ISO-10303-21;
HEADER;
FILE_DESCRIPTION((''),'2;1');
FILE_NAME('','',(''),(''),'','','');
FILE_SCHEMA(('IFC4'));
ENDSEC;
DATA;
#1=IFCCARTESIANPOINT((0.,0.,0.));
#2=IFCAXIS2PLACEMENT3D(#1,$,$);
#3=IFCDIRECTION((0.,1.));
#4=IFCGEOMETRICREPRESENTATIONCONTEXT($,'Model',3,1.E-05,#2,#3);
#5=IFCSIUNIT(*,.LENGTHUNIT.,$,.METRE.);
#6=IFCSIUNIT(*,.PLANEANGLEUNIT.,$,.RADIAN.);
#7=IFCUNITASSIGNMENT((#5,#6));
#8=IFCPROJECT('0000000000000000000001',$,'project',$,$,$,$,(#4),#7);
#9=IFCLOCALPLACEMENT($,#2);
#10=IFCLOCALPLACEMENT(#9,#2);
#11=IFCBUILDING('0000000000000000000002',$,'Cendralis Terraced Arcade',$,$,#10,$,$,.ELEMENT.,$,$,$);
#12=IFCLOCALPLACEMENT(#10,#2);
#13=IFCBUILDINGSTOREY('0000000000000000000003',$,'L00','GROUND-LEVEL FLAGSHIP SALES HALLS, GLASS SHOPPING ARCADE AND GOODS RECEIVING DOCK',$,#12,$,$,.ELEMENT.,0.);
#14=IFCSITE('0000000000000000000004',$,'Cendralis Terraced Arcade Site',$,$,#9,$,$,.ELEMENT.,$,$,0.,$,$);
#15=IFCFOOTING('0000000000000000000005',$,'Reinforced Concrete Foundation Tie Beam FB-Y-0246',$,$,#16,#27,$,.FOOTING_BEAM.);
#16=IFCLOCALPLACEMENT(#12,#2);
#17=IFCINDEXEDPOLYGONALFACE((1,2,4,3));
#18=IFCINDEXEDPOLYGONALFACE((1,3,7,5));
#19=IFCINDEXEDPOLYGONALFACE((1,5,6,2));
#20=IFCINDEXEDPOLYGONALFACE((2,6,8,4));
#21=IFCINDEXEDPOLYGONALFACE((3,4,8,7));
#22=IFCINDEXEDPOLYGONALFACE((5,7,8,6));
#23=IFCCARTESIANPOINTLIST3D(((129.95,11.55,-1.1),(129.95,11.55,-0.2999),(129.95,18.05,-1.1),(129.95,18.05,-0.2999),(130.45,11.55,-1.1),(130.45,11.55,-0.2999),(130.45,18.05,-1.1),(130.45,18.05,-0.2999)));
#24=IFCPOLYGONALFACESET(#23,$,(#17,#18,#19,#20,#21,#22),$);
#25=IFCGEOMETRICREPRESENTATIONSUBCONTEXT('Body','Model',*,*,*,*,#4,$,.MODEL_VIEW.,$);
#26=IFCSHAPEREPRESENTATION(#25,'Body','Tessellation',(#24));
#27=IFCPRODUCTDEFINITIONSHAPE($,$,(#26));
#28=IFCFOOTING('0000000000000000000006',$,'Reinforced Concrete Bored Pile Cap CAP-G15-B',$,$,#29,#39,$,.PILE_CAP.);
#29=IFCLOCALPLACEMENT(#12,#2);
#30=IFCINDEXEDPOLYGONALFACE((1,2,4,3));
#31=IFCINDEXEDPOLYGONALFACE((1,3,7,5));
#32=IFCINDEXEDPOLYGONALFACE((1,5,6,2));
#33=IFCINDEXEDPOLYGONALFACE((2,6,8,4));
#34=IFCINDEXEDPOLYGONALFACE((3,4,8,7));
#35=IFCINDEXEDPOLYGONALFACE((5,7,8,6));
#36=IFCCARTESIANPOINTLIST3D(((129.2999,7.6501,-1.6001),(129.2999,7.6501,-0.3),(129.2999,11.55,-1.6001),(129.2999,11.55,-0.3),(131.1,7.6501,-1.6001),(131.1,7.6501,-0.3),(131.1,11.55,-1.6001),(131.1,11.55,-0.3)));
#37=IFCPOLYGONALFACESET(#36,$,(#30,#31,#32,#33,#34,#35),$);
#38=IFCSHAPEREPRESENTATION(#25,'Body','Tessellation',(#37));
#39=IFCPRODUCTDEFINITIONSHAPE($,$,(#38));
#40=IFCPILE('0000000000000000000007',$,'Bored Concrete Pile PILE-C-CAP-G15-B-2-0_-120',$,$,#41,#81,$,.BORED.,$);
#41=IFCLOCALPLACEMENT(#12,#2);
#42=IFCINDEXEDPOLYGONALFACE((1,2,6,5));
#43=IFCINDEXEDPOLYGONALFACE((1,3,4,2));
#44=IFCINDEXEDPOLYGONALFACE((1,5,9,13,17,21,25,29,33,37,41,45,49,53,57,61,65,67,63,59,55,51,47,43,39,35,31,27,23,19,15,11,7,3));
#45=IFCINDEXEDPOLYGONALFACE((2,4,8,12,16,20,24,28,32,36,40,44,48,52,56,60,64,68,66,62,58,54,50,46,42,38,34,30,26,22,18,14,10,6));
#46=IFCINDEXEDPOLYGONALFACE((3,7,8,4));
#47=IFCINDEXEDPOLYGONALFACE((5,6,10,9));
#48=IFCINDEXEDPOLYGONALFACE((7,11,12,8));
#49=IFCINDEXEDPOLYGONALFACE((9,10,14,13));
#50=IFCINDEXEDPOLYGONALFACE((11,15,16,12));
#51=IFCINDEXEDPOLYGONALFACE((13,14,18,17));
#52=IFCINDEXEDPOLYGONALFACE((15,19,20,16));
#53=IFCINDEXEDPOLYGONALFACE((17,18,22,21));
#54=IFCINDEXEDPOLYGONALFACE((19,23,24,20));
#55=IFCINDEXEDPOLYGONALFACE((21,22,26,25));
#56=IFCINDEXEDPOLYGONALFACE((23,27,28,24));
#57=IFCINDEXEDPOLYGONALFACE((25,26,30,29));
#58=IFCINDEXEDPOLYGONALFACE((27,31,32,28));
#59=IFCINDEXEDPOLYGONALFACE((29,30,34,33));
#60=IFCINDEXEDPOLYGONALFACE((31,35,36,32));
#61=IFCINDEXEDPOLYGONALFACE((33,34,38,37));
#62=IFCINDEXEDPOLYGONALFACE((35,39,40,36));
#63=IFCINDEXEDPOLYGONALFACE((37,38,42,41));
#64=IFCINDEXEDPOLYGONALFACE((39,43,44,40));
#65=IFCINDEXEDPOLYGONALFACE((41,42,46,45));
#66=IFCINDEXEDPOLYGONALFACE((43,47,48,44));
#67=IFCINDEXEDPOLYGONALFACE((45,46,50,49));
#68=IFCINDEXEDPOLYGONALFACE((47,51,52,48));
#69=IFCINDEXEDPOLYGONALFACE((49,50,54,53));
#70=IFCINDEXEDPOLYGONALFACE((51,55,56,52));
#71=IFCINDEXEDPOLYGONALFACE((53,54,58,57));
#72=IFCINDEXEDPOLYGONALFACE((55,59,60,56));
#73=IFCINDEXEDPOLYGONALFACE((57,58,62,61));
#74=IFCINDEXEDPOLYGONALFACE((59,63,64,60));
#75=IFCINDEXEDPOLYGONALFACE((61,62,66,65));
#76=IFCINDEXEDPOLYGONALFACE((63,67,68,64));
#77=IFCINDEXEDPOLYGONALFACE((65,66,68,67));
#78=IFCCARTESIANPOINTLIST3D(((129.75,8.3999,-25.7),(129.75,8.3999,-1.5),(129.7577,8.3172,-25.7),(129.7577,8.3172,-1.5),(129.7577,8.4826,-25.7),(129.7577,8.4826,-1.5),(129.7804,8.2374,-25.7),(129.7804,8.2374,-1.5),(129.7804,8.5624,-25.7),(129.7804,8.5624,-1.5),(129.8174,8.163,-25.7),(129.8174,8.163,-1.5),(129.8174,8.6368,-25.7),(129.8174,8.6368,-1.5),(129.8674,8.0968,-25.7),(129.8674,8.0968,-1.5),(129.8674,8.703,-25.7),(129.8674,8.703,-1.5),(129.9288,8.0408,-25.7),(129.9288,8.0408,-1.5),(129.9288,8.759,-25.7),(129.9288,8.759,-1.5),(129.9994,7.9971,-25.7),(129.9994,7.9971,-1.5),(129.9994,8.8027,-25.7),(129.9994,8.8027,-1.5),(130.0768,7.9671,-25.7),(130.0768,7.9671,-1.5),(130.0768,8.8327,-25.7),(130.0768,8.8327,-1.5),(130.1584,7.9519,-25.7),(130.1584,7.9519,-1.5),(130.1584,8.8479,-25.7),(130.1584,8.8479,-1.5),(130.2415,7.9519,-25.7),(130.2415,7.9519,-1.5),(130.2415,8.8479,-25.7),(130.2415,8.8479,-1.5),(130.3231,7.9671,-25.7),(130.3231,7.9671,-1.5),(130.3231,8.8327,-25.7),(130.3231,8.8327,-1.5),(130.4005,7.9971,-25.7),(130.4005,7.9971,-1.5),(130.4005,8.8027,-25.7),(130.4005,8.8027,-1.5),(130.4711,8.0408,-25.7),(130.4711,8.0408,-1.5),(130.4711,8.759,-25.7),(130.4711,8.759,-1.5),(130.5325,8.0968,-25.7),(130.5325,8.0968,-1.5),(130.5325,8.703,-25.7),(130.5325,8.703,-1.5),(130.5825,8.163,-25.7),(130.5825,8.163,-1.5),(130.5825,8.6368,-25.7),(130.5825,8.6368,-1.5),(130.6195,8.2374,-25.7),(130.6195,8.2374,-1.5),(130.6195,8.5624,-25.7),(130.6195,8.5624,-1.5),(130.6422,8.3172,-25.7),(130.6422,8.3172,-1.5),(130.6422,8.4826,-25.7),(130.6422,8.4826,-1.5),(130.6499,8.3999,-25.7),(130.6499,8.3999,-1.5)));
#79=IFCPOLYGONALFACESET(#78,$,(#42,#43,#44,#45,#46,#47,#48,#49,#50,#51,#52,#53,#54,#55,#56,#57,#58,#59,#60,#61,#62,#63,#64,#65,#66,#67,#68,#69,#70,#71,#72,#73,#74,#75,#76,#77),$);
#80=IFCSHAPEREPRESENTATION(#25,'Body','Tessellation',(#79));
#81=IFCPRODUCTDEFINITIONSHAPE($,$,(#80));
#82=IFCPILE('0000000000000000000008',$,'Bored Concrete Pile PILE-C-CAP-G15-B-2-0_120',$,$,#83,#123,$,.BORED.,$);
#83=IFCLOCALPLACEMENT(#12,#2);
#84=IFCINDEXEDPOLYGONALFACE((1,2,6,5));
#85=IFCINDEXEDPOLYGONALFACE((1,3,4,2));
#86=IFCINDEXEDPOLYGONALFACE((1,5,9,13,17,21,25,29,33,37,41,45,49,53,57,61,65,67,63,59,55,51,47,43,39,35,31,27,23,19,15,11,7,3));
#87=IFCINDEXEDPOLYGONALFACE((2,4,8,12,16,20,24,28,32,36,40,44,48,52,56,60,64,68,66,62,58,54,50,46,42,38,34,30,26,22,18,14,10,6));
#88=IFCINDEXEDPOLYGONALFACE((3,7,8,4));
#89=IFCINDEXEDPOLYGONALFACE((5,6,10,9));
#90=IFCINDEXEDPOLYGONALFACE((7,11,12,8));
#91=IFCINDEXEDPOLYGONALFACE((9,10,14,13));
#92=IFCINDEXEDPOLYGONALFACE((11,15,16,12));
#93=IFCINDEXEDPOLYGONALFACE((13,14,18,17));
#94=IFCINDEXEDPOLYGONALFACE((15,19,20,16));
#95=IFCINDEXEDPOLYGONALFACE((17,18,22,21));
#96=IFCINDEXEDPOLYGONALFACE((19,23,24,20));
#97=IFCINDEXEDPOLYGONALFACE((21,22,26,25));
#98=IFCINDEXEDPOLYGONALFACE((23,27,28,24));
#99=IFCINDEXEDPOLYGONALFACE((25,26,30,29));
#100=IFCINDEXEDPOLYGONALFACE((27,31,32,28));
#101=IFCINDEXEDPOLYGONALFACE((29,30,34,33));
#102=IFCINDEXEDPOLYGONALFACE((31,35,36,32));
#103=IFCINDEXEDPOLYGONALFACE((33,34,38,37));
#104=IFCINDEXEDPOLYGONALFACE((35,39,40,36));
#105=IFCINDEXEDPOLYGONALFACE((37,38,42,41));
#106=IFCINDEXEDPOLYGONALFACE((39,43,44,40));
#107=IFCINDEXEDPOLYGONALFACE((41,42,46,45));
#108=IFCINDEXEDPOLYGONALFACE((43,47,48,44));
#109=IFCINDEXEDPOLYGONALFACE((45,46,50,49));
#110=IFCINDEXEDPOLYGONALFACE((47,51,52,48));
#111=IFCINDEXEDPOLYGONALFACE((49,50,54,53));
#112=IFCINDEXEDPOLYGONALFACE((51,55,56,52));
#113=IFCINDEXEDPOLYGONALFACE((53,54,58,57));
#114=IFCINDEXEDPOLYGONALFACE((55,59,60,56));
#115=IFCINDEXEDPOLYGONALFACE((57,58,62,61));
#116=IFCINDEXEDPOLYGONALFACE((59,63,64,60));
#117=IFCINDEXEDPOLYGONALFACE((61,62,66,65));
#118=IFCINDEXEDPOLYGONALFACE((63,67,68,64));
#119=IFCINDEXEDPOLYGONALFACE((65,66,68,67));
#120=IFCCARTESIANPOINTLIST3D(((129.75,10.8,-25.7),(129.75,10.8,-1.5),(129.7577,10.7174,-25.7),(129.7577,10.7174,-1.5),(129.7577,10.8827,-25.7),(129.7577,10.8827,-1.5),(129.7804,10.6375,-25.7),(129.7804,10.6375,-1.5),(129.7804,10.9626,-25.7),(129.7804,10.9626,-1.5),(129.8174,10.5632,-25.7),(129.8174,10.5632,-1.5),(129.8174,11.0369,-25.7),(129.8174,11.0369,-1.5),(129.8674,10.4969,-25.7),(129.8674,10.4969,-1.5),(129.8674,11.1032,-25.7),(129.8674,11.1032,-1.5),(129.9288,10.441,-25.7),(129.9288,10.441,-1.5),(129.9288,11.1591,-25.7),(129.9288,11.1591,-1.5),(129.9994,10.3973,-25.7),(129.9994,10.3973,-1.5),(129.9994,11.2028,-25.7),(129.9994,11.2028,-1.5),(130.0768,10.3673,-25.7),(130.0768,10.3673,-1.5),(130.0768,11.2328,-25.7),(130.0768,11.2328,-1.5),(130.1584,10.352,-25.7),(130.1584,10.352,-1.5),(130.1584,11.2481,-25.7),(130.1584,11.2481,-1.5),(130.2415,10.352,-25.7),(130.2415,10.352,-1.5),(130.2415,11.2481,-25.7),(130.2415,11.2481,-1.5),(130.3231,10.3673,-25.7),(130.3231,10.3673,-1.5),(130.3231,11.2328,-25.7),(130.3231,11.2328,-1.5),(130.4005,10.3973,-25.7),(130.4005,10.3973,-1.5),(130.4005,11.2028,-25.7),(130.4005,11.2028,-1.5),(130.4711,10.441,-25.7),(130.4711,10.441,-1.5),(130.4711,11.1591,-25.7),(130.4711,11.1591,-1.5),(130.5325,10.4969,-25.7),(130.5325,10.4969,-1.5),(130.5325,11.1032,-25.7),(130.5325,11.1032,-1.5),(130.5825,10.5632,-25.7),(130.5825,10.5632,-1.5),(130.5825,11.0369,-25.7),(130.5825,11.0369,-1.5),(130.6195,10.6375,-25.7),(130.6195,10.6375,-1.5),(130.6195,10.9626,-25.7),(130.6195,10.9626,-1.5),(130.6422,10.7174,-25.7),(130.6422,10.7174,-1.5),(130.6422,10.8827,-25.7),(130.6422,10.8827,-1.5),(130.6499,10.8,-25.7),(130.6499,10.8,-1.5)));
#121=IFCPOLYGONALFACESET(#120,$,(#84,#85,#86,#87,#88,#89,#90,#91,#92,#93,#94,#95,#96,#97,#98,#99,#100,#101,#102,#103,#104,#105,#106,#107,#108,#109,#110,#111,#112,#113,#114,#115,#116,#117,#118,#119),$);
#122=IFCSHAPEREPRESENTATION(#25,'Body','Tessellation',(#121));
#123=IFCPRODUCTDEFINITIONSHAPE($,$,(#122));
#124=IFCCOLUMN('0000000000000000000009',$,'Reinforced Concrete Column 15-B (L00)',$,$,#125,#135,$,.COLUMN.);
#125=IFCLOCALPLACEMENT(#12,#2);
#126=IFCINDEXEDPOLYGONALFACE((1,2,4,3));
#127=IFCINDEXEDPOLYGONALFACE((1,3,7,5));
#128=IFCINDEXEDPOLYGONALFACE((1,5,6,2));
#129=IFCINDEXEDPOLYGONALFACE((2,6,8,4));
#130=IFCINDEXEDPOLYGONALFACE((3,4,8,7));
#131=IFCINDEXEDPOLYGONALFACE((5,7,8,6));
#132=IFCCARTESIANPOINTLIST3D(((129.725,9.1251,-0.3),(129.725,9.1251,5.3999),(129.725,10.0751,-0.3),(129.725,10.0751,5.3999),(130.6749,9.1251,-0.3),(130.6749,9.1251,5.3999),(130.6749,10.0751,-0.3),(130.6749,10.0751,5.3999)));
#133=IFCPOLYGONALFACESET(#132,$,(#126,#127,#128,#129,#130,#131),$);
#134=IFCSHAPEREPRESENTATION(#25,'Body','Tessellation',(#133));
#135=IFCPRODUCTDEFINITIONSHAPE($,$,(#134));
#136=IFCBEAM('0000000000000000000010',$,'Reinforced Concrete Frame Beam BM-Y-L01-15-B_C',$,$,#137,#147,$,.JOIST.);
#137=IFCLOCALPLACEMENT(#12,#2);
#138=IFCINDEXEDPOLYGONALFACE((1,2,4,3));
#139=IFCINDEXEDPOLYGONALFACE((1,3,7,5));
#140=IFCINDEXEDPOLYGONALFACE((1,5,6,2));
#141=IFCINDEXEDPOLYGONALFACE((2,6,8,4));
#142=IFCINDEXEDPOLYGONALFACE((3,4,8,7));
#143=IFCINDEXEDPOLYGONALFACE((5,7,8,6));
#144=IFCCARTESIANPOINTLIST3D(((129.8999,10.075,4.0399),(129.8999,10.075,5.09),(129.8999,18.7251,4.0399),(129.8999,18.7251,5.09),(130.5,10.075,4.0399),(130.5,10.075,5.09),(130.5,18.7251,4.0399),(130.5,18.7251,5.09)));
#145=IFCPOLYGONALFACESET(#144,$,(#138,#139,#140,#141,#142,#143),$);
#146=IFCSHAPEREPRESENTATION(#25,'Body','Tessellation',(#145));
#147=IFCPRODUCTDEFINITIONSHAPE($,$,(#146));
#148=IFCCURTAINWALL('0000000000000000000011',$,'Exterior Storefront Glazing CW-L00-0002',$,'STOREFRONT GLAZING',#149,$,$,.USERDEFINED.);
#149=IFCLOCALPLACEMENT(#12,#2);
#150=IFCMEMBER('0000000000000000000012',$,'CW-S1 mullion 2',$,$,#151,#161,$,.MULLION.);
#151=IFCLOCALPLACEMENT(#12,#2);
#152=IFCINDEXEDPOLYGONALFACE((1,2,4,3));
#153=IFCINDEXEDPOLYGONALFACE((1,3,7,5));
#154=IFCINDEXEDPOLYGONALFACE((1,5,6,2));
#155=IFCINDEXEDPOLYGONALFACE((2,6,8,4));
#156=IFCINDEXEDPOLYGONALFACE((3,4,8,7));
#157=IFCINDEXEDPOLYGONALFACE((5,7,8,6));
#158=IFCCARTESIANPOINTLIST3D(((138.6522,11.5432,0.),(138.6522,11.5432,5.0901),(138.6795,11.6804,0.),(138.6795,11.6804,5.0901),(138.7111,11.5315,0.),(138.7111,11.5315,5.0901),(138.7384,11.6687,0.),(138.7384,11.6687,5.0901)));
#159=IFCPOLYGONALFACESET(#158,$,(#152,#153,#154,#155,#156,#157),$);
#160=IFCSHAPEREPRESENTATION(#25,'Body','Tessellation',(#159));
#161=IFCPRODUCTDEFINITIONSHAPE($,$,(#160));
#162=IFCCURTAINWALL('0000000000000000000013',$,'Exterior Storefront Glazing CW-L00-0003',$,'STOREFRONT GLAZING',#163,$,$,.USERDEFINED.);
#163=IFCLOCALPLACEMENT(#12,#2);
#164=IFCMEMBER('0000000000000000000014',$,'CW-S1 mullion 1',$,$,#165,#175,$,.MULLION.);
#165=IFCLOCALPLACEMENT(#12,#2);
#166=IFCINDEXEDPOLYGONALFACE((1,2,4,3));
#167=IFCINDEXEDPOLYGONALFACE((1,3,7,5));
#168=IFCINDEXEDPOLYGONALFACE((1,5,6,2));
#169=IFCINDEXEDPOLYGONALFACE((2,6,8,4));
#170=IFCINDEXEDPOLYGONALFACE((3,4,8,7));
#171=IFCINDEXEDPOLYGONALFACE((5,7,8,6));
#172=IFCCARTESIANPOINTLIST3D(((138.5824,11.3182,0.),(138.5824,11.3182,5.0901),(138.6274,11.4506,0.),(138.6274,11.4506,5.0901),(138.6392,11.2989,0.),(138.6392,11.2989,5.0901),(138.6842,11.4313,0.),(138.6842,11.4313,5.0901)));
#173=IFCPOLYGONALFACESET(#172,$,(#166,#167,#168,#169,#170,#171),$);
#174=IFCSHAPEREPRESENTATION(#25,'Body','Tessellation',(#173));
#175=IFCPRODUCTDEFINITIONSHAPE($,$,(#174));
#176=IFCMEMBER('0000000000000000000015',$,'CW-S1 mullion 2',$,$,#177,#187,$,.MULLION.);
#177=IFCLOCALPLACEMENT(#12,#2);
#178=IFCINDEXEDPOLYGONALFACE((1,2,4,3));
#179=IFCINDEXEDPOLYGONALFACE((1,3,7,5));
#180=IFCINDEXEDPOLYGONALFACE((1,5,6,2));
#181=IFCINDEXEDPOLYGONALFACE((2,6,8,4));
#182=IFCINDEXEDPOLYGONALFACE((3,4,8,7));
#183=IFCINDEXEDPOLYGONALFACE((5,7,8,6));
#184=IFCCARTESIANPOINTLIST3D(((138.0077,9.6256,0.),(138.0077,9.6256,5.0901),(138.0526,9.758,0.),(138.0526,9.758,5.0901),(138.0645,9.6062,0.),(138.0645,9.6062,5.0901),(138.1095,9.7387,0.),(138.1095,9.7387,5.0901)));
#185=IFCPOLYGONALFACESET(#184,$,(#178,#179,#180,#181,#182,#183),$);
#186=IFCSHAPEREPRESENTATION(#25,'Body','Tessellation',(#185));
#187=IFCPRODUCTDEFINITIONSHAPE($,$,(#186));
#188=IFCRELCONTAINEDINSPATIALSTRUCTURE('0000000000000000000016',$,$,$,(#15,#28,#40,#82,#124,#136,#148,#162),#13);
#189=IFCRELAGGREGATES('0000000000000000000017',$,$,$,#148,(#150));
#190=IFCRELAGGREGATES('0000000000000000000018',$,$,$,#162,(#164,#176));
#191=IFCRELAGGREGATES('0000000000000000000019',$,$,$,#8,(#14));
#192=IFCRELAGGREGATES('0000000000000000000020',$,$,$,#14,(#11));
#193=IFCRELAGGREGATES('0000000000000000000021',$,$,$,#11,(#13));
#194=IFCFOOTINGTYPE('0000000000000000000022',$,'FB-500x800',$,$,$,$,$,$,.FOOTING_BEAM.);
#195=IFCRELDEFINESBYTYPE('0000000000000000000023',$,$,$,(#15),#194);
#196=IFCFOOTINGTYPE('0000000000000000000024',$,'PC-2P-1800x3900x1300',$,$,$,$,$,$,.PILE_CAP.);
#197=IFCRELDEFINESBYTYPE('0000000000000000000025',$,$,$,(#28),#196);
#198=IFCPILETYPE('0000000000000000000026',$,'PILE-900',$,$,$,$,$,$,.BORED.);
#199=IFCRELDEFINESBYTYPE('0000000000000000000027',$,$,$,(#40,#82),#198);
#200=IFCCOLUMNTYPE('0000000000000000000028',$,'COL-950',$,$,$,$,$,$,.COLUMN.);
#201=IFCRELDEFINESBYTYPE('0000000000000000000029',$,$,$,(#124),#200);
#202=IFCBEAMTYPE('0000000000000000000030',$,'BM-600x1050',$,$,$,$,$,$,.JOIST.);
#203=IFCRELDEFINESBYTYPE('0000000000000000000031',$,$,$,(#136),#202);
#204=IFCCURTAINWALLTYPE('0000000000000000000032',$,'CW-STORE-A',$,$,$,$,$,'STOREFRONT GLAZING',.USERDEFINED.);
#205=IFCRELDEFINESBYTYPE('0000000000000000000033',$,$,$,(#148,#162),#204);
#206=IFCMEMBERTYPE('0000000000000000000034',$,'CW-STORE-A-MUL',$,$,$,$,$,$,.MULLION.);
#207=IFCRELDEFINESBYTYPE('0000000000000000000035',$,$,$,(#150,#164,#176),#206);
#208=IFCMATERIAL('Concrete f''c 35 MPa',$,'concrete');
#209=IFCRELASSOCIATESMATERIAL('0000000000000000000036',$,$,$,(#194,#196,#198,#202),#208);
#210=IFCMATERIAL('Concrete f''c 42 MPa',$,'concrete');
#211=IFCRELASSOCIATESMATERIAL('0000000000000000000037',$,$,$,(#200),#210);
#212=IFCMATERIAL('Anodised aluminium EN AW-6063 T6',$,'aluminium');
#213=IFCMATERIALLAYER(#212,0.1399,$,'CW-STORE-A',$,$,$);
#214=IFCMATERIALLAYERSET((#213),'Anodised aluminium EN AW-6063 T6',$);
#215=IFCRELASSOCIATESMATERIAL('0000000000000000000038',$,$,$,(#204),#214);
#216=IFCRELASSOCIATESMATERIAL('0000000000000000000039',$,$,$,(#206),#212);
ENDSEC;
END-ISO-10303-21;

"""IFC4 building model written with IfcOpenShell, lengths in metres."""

from ifc_helpers import new_model, si_unit, direction, frame, origin, origin_2d, place, context, subcontext, project, spatial, rectangle, circle, extrude, material, layer, layer_set, material_profile, profile_set, type_object, element, aggregate, save


model = new_model("IFC4")

# Units and contexts
model_context = context("Model", 3, precision=1e-05, world=origin(), true_north=direction((0.0, 1.0)))
body_context = subcontext(model_context, "Body", "Model", "MODEL_VIEW")
ifc_project = project(units=[si_unit("LENGTHUNIT", "METRE"), si_unit("PLANEANGLEUNIT", "RADIAN")], contexts=[model_context])

# Site, building, storey
site_placement = place(None, origin())
site = spatial("IfcSite", under=ifc_project, at=site_placement, Name="Cendralis Terraced Arcade Site", CompositionType="ELEMENT", RefElevation=0.0)
building_placement = place(site_placement, origin())
building = spatial("IfcBuilding", under=site, at=building_placement, Name="Cendralis Terraced Arcade", CompositionType="ELEMENT")
storey_placement = place(building_placement, origin())
storey = spatial("IfcBuildingStorey", under=building, at=storey_placement, Name="L00", Description="GROUND-LEVEL FLAGSHIP SALES HALLS, GLASS SHOPPING ARCADE AND GOODS RECEIVING DOCK", CompositionType="ELEMENT", Elevation=0.0)

# Footings
ifc_material_1 = material(Name="Concrete f'c 35 MPa", Category="concrete")
ifc_material_profile_1 = material_profile(ifc_material_1, rectangle(XDim=0.5, YDim=0.8, at=origin_2d()), Name="FB-500x800", Category="LoadBearing")
ifc_profile_set_1 = profile_set([ifc_material_profile_1], Name="Concrete f'c 35 MPa")
footing_type_1 = type_object("IfcFootingType", Name="FB-500x800", PredefinedType="FOOTING_BEAM", material=ifc_profile_set_1)
footing_1_placement = place(storey_placement, frame((130.2, 11.55, -0.7), z_axis=(0.0, 1.0, 0.0), x_axis=(-1.0, 0.0, 0.0)))
element("IfcFooting", 1, at=footing_1_placement, inside=storey, type_object=footing_type_1, Name="Reinforced Concrete Foundation Tie Beam FB-Y-0246", PredefinedType="FOOTING_BEAM", context=body_context, shape_type="SweptSolid", body=[
    extrude(rectangle(XDim=0.5, YDim=0.8, at=origin_2d()), origin(), (0.0, 0.0, 1.0), 6.5),
])
footing_type_2 = type_object("IfcFootingType", Name="PC-2P-1800x3900x1300", PredefinedType="PILE_CAP", material=ifc_material_1)
footing_2_placement = place(storey_placement, frame((130.2, 9.6001, -1.6001), z_axis=(0.0, 0.0, 1.0), x_axis=(1.0, 0.0, 0.0)))
element("IfcFooting", 2, at=footing_2_placement, inside=storey, type_object=footing_type_2, Name="Reinforced Concrete Bored Pile Cap CAP-G15-B", PredefinedType="PILE_CAP", context=body_context, shape_type="SweptSolid", body=[
    extrude(rectangle(XDim=1.8, YDim=3.8999, at=origin_2d()), origin(), (0.0, 0.0, 1.0), 1.3),
])

# Piles
ifc_material_profile_2 = material_profile(ifc_material_1, circle(Radius=0.45, at=origin_2d()), Name="PILE-D900", Category="LoadBearing")
ifc_profile_set_2 = profile_set([ifc_material_profile_2], Name="Concrete f'c 35 MPa")
pile_type = type_object("IfcPileType", Name="PILE-900", PredefinedType="BORED", material=ifc_profile_set_2)
for number, where, z_axis, x_axis, name in (
    (3, (130.2, 8.3999, -1.5), (0.0, 0.0, -1.0), (1.0, 0.0, 0.0), "Bored Concrete Pile PILE-C-CAP-G15-B-2-0_-120"),
    (4, (130.2, 10.8, -1.5), (0.0, 0.0, -1.0), (1.0, 0.0, 0.0), "Bored Concrete Pile PILE-C-CAP-G15-B-2-0_120"),
):
    element("IfcPile", number, at=place(storey_placement, frame(where, z_axis=z_axis, x_axis=x_axis)), inside=storey, type_object=pile_type, Name=name, PredefinedType="BORED", context=body_context, shape_type="SweptSolid", body=[
        extrude(circle(Radius=0.45, at=origin_2d()), origin(), (0.0, 0.0, 1.0), 24.2),
    ])

# Column
ifc_material_2 = material(Name="Concrete f'c 42 MPa", Category="concrete")
ifc_material_profile_3 = material_profile(ifc_material_2, rectangle(XDim=0.95, YDim=0.95, at=origin_2d()), Name="RC-COL-950x950", Category="LoadBearing")
ifc_profile_set_3 = profile_set([ifc_material_profile_3], Name="Concrete f'c 42 MPa")
column_type = type_object("IfcColumnType", Name="COL-950", PredefinedType="COLUMN", material=ifc_profile_set_3)
column_placement = place(storey_placement, frame((130.2, 9.6001, -0.3), z_axis=(0.0, 0.0, 1.0), x_axis=(1.0, 0.0, 0.0)))
element("IfcColumn", 5, at=column_placement, inside=storey, type_object=column_type, Name="Reinforced Concrete Column 15-B (L00)", PredefinedType="COLUMN", context=body_context, shape_type="SweptSolid", body=[
    extrude(rectangle(XDim=0.95, YDim=0.95, at=origin_2d()), origin(), (0.0, 0.0, 1.0), 5.7),
])

# Beam
ifc_material_profile_4 = material_profile(ifc_material_1, rectangle(XDim=0.6001, YDim=1.05, at=origin_2d()), Name="RC-BM-600x1050", Category="LoadBearing")
ifc_profile_set_4 = profile_set([ifc_material_profile_4], Name="Concrete f'c 35 MPa")
beam_type = type_object("IfcBeamType", Name="BM-600x1050", PredefinedType="JOIST", material=ifc_profile_set_4)
beam_placement = place(storey_placement, frame((130.2, 10.075, 4.5649), z_axis=(0.0, 1.0, 0.0), x_axis=(-1.0, 0.0, 0.0)))
element("IfcBeam", 6, at=beam_placement, inside=storey, type_object=beam_type, Name="Reinforced Concrete Frame Beam BM-Y-L01-15-B_C", PredefinedType="JOIST", context=body_context, shape_type="SweptSolid", body=[
    extrude(rectangle(XDim=0.6001, YDim=1.05, at=origin_2d()), origin(), (0.0, 0.0, 1.0), 8.6501),
])

# Curtain wall, member
ifc_material_3 = material(Name="Anodised aluminium EN AW-6063 T6", Category="aluminium")
ifc_layer_1 = layer(ifc_material_3, 0.1399, Name="CW-STORE-A")
ifc_layer_set_1 = layer_set([ifc_layer_1], Name="Anodised aluminium EN AW-6063 T6")
curtain_wall_type = type_object("IfcCurtainWallType", Name="CW-STORE-A", ElementType="STOREFRONT GLAZING", PredefinedType="USERDEFINED", material=ifc_layer_set_1)
curtain_wall_1_placement = place(storey_placement, origin())
curtain_wall_1 = element("IfcCurtainWall", 7, at=curtain_wall_1_placement, inside=storey, type_object=curtain_wall_type, Name="Exterior Storefront Glazing CW-L00-0002", ObjectType="STOREFRONT GLAZING", PredefinedType="USERDEFINED")
ifc_material_profile_5 = material_profile(ifc_material_3, rectangle(XDim=0.0601, YDim=0.1399, at=origin_2d()), Name="ALU-MUL-60x140")
ifc_profile_set_5 = profile_set([ifc_material_profile_5], Name="Anodised aluminium EN AW-6063 T6")
member_type_1 = type_object("IfcMemberType", Name="CW-STORE-A-MUL", PredefinedType="MULLION", material=ifc_profile_set_5)
member_1_placement = place(storey_placement, frame((138.6953, 11.606, 0.0), z_axis=(0.0, 0.0, 1.0), x_axis=(0.980797, -0.195033, 0.0)))
member_1 = element("IfcMember", 8, at=member_1_placement, type_object=member_type_1, Name="CW-S1 mullion 2", PredefinedType="MULLION", context=body_context, shape_type="SweptSolid", body=[
    extrude(rectangle(XDim=0.0601, YDim=0.1399, at=origin_2d()), origin(), (0.0, 0.0, 1.0), 5.0901),
])

# Curtain wall, members
curtain_wall_2_placement = place(storey_placement, origin())
curtain_wall_2 = element("IfcCurtainWall", 9, at=curtain_wall_2_placement, inside=storey, type_object=curtain_wall_type, Name="Exterior Storefront Glazing CW-L00-0003", ObjectType="STOREFRONT GLAZING", PredefinedType="USERDEFINED")
member_2_placement = place(storey_placement, frame((138.6333, 11.3748, 0.0), z_axis=(0.0, 0.0, 1.0), x_axis=(0.94691, -0.3215, 0.0)))
member_2 = element("IfcMember", 10, at=member_2_placement, type_object=member_type_1, Name="CW-S1 mullion 1", PredefinedType="MULLION", context=body_context, shape_type="SweptSolid", body=[
    extrude(rectangle(XDim=0.0601, YDim=0.1399, at=origin_2d()), origin(), (0.0, 0.0, 1.0), 5.0901),
])
member_3_placement = place(storey_placement, frame((138.0586, 9.6821, 0.0), z_axis=(0.0, 0.0, 1.0), x_axis=(0.94691, -0.3215, 0.0)))
member_3 = element("IfcMember", 11, at=member_3_placement, type_object=member_type_1, Name="CW-S1 mullion 2", PredefinedType="MULLION", context=body_context, shape_type="SweptSolid", body=[
    extrude(rectangle(XDim=0.0601, YDim=0.1399, at=origin_2d()), origin(), (0.0, 0.0, 1.0), 5.0901),
])

aggregate(curtain_wall_1, [member_1])
aggregate(curtain_wall_2, [member_2, member_3])

save(model, "model.ifc")
